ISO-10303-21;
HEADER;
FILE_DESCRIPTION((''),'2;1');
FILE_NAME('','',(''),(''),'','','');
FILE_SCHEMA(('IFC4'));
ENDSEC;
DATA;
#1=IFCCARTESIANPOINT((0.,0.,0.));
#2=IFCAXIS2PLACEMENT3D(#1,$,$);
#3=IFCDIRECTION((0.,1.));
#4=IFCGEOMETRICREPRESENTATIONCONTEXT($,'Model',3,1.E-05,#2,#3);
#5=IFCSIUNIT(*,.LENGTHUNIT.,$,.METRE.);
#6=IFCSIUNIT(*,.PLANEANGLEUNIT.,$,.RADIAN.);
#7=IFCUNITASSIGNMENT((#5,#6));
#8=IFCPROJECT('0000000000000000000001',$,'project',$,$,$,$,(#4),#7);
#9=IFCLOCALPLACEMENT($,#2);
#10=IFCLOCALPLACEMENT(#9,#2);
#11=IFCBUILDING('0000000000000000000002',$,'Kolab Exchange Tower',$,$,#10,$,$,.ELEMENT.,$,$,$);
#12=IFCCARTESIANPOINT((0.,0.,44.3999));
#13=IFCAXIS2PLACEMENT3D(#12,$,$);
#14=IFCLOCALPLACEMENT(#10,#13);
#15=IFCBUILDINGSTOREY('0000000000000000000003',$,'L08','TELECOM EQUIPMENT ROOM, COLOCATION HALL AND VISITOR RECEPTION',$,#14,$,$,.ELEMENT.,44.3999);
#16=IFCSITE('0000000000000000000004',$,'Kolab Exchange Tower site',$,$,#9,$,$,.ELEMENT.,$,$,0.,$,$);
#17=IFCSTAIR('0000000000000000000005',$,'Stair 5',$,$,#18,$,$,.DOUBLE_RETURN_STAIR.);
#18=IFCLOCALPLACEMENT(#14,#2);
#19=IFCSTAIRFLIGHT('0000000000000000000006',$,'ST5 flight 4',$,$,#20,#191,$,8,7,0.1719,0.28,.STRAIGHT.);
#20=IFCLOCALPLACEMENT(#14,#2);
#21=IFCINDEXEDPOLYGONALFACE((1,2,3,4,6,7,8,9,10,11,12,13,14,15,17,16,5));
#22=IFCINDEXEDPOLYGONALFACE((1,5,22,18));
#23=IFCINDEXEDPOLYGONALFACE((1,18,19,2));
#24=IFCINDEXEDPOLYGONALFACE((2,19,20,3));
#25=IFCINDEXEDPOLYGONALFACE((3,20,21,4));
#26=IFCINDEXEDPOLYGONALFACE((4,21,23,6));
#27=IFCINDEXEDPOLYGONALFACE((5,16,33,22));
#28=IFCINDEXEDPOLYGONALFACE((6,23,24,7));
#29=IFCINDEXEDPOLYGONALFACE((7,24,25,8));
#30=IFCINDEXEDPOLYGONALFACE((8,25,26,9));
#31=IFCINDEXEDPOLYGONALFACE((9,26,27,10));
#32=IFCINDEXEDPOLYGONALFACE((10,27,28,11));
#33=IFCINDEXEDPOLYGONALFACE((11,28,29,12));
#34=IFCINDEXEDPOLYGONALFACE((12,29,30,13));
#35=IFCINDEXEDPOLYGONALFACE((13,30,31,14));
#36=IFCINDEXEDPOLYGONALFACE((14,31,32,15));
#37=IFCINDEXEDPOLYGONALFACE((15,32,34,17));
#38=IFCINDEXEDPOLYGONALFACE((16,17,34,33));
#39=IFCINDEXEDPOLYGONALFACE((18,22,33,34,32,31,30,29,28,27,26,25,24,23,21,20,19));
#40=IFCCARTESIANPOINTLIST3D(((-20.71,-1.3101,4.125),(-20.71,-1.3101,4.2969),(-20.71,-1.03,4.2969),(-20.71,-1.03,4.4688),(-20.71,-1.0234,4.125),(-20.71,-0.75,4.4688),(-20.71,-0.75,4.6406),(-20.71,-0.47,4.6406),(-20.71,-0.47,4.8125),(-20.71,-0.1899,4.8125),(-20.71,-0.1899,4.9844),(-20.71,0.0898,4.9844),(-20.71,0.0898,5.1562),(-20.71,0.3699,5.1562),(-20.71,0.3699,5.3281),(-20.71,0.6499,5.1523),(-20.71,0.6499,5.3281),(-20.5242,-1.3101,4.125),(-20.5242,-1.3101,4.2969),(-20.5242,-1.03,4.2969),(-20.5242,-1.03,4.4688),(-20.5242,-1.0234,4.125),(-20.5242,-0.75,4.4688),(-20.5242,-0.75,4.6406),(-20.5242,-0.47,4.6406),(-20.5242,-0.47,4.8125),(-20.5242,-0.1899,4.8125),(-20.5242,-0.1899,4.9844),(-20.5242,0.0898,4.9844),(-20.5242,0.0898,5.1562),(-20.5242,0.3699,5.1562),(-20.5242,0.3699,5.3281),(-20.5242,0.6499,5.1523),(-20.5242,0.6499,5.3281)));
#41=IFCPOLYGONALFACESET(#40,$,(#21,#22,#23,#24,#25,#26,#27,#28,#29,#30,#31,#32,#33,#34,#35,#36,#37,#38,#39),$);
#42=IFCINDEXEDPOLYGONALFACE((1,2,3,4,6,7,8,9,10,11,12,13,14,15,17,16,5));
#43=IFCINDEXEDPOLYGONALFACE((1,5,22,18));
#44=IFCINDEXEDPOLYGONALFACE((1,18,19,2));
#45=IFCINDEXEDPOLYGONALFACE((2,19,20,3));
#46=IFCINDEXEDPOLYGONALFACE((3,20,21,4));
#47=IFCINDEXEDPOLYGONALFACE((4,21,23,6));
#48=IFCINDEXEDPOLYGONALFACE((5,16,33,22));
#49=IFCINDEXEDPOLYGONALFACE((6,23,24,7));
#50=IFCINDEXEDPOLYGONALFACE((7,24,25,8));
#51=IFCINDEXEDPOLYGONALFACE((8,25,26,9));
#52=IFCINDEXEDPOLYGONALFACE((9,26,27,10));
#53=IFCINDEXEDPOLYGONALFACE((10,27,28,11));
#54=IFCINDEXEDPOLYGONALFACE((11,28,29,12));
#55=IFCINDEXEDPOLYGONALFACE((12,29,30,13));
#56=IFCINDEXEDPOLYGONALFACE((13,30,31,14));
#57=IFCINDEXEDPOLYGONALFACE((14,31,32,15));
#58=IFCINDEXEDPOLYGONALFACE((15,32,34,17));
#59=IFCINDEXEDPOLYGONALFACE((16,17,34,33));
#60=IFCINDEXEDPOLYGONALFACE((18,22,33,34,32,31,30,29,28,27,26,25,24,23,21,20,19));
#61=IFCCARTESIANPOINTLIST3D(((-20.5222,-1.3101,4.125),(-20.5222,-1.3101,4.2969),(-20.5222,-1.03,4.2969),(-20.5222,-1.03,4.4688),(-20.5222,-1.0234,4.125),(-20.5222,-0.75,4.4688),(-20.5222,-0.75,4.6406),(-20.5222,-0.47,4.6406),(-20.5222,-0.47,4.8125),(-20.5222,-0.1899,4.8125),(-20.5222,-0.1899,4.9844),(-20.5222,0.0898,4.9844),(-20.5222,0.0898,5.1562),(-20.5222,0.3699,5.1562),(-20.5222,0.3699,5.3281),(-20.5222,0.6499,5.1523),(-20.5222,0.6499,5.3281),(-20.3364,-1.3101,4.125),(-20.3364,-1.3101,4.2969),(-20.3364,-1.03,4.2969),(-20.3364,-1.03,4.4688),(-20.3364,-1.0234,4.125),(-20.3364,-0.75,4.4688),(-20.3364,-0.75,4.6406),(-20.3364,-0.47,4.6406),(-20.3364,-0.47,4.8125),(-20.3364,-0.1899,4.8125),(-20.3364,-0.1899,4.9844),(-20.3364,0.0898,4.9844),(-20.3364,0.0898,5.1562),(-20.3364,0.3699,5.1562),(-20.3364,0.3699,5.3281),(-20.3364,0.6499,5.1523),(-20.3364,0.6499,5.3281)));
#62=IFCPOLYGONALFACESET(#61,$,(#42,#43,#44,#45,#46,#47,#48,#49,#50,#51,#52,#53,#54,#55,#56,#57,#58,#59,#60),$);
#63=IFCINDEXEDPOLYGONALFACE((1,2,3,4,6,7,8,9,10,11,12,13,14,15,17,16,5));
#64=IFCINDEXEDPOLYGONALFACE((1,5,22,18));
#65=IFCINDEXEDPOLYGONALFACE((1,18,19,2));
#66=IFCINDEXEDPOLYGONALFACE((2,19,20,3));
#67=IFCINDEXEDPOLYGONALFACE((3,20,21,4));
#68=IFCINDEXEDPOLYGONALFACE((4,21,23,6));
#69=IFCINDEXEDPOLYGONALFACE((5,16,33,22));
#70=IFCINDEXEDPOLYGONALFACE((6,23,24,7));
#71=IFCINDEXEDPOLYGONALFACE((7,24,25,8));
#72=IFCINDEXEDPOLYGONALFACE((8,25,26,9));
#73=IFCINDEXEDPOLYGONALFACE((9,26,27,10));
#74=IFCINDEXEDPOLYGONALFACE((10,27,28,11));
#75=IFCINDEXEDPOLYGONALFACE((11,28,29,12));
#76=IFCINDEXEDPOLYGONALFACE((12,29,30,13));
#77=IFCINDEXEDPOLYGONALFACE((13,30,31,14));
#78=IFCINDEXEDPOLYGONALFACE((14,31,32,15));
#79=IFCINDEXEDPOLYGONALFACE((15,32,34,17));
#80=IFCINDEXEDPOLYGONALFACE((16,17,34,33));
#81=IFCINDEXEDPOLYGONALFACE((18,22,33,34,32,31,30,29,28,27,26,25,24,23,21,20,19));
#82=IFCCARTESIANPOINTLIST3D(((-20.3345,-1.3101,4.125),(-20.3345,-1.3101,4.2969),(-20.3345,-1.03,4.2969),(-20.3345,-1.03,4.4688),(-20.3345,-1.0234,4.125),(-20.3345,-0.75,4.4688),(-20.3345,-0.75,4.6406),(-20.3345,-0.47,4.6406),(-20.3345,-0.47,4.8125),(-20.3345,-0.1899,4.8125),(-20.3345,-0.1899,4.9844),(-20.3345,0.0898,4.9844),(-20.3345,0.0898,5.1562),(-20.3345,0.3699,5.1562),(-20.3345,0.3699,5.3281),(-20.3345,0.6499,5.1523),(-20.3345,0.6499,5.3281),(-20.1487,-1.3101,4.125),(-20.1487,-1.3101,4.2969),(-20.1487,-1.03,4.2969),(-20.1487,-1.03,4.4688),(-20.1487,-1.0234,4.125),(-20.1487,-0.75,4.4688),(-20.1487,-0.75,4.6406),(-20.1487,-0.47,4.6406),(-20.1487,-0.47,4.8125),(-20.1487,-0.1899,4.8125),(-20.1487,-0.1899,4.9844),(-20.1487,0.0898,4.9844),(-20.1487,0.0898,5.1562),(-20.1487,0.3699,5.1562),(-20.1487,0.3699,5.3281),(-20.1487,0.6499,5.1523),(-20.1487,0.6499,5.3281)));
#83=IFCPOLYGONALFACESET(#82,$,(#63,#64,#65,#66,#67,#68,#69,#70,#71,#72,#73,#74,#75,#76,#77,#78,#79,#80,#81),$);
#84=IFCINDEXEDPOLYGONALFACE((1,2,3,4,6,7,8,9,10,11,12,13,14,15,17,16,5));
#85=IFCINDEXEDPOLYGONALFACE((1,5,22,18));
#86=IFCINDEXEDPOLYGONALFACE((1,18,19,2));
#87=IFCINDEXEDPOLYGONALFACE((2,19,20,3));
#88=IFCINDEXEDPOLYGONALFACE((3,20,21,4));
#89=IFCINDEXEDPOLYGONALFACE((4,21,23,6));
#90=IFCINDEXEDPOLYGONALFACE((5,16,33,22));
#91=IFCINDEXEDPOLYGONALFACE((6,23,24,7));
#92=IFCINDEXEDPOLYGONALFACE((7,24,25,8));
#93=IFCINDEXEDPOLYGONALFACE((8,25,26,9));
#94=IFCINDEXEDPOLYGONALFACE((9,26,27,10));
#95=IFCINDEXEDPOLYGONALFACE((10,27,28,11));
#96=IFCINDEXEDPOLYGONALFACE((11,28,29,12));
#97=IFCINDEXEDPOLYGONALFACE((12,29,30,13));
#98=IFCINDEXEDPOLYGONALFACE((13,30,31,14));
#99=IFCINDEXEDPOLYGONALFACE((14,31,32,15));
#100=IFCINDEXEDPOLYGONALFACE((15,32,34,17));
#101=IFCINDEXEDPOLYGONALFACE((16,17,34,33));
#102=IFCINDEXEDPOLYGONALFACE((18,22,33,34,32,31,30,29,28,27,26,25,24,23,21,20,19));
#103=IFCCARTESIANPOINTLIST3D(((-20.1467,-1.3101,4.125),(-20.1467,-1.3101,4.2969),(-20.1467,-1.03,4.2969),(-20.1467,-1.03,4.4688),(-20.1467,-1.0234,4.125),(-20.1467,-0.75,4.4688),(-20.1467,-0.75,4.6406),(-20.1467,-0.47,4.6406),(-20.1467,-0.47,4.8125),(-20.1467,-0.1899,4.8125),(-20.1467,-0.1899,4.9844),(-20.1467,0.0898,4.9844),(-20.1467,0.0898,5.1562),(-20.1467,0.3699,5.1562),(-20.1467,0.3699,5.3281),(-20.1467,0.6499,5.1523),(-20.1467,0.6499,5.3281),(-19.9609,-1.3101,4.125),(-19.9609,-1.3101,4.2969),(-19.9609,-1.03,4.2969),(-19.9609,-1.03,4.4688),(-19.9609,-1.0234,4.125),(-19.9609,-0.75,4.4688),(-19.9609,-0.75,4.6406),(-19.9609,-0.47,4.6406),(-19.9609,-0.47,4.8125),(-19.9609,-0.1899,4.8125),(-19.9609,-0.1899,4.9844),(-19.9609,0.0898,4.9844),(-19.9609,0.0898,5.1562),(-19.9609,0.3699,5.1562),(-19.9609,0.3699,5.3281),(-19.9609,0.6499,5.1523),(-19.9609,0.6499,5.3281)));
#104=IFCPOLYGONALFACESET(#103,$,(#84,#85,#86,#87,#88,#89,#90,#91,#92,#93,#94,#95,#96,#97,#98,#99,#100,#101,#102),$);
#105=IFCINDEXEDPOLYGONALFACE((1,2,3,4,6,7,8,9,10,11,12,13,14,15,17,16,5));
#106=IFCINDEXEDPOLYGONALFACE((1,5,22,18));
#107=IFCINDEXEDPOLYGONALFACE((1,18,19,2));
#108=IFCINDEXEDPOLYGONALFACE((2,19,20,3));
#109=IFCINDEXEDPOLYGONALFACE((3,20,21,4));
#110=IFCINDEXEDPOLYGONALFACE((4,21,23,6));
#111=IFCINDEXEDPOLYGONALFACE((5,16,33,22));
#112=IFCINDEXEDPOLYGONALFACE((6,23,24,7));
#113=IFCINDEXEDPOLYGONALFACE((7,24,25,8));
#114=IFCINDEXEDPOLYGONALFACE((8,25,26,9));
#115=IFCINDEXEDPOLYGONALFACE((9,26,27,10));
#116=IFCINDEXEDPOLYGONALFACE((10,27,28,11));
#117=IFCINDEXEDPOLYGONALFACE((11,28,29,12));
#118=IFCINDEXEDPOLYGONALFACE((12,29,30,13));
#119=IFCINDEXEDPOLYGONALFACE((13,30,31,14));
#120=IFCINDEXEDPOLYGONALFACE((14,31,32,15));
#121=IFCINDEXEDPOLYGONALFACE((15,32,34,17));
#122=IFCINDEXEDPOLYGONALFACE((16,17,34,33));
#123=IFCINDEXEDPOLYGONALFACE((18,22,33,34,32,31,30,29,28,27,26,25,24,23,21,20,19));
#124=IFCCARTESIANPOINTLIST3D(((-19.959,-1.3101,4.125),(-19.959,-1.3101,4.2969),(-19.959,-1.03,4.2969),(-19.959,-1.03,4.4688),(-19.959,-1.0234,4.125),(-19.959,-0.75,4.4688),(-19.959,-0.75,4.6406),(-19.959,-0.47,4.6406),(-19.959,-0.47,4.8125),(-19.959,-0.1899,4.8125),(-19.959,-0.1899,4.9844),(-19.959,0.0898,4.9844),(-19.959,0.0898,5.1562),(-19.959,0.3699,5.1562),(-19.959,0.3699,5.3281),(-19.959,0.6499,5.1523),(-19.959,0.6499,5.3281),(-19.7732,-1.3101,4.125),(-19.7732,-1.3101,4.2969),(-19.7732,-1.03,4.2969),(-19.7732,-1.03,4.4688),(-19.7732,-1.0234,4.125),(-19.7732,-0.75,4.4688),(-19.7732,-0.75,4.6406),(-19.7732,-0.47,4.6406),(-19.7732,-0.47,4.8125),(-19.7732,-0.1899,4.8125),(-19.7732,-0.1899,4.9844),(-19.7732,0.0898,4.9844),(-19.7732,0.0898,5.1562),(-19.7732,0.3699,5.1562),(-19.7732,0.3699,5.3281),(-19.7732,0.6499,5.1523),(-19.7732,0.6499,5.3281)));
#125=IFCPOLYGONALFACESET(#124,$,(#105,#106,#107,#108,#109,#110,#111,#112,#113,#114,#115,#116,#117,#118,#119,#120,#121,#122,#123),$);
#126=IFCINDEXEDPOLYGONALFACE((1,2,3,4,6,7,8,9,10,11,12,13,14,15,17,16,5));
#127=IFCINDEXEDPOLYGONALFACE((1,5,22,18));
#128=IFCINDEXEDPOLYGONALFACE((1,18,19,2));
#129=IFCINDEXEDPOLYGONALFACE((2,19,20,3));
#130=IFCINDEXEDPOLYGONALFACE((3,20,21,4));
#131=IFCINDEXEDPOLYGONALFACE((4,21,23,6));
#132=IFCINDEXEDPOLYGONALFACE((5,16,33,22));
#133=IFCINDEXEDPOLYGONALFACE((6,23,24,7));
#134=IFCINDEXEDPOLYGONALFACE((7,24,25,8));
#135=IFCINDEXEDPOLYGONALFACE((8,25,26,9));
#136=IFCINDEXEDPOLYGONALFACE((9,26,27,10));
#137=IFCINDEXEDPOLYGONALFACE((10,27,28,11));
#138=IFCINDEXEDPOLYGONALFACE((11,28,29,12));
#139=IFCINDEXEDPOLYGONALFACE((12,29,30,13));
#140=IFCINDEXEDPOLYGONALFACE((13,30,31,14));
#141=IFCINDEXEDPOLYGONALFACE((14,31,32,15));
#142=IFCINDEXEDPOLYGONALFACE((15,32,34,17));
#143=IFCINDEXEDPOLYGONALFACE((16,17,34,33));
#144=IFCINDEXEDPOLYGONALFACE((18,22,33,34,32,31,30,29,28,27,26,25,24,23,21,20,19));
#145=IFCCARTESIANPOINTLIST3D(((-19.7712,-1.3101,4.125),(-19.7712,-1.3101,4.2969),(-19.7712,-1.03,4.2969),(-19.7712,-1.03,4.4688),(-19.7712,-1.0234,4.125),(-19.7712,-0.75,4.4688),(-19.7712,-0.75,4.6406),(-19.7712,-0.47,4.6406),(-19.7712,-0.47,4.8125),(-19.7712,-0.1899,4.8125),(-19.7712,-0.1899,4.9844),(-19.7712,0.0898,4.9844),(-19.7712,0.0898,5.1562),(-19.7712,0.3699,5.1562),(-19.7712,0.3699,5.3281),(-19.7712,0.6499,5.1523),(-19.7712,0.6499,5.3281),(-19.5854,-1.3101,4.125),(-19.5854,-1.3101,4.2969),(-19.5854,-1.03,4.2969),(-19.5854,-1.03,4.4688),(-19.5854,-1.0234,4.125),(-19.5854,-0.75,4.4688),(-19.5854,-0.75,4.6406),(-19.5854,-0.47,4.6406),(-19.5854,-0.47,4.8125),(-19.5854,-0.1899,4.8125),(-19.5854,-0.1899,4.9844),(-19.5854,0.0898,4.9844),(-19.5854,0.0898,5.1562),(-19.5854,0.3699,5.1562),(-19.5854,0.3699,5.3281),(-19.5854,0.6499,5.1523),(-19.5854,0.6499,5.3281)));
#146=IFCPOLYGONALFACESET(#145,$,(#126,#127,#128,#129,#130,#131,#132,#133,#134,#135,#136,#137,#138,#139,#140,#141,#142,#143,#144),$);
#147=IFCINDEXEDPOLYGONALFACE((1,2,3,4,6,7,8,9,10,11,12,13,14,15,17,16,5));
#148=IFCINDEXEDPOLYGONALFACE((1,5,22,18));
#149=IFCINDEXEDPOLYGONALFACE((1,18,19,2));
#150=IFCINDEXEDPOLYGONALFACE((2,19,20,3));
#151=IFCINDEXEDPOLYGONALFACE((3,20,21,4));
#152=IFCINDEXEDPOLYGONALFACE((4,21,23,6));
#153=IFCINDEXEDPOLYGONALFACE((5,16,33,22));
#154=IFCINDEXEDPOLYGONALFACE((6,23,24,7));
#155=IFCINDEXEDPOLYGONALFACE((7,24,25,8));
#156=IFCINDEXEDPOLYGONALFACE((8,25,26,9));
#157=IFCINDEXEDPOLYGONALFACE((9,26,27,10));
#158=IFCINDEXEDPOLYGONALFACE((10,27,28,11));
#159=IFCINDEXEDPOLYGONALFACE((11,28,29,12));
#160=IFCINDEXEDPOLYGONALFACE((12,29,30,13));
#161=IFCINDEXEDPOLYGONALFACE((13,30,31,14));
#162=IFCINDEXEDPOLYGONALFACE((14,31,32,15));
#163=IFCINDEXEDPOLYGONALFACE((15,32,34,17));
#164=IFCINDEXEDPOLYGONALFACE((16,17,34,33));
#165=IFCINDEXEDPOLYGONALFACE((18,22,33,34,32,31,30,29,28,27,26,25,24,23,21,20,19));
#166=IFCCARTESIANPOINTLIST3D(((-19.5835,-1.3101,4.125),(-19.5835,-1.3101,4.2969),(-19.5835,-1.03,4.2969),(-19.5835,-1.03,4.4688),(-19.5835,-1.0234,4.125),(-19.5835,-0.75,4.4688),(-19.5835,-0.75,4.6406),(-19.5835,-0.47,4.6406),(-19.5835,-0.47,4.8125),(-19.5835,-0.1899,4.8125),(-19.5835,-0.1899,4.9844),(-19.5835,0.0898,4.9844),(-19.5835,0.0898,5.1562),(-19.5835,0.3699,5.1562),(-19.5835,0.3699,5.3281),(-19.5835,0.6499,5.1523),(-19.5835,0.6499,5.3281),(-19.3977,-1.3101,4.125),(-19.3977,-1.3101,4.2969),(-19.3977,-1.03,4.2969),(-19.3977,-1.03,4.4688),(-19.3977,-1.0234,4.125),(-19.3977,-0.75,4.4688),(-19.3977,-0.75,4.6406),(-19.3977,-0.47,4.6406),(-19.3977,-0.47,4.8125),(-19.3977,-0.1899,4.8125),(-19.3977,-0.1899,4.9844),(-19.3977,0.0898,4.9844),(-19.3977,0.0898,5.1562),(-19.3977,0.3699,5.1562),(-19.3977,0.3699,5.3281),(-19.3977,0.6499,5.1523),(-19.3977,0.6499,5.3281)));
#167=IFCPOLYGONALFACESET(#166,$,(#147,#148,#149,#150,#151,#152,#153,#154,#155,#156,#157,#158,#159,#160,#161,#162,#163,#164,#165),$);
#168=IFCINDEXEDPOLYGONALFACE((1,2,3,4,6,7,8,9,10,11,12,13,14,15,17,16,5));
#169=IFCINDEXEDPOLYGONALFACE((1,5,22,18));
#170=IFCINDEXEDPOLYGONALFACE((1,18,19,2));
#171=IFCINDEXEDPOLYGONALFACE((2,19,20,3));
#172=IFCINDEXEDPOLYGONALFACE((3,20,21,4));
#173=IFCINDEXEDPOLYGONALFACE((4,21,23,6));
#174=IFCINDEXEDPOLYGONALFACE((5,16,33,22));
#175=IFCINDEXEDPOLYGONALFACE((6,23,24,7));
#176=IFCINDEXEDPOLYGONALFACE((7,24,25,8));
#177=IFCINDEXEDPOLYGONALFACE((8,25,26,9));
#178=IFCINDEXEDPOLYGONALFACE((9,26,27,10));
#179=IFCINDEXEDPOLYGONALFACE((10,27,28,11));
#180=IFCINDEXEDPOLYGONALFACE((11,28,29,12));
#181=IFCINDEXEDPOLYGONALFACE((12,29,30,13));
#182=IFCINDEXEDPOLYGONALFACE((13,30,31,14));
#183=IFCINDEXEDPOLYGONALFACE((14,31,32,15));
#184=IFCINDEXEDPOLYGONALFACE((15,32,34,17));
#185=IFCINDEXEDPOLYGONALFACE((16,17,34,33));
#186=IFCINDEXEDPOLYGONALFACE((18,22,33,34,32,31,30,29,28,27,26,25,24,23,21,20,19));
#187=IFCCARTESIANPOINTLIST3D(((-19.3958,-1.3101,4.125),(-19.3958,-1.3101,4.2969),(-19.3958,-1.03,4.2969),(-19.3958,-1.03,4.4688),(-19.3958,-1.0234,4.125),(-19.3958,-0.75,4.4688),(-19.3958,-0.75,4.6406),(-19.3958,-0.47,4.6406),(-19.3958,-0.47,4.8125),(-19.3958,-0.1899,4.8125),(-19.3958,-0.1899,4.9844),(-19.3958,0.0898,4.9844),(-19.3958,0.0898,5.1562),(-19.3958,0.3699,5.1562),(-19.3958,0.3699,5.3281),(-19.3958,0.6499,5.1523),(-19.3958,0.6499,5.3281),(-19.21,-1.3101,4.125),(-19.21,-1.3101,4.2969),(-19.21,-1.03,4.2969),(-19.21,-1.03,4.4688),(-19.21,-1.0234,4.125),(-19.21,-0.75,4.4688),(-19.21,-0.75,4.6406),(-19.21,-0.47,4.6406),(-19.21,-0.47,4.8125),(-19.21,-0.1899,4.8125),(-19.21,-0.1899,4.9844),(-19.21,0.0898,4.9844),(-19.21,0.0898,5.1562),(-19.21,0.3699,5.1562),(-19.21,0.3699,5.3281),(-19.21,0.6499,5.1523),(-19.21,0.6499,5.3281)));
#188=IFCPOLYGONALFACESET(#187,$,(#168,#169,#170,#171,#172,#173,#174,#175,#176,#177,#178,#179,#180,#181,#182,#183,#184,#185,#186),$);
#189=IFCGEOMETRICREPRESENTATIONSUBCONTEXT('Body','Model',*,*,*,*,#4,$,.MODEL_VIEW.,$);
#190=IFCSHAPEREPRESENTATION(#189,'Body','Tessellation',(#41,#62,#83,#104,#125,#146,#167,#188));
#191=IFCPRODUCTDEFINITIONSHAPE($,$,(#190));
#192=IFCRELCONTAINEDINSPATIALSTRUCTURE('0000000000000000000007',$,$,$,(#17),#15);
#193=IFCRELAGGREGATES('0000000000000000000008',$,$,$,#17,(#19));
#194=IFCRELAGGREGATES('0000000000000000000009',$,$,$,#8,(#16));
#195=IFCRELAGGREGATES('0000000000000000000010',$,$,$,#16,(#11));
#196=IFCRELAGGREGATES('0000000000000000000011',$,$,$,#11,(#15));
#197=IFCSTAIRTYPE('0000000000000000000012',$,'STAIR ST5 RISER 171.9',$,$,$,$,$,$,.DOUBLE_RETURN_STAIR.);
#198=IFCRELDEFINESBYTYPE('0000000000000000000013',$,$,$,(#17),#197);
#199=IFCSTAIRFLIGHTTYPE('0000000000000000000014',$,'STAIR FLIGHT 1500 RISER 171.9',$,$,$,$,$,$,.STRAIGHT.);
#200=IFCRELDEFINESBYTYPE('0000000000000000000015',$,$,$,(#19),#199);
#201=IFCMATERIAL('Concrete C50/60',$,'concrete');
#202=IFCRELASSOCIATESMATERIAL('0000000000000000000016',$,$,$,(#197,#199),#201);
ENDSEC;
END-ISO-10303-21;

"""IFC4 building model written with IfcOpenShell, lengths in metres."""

from ifc_helpers import new_model, si_unit, direction, frame, origin, place, context, subcontext, project, spatial, polyline, outline, extrude, material, type_object, element, aggregate, save


model = new_model("IFC4")

# Units and contexts
model_context = context("Model", 3, precision=1e-05, world=origin(), true_north=direction((0.0, 1.0)))
body_context = subcontext(model_context, "Body", "Model", "MODEL_VIEW")
ifc_project = project(units=[si_unit("LENGTHUNIT", "METRE"), si_unit("PLANEANGLEUNIT", "RADIAN")], contexts=[model_context])

# Site, building, storey
site_placement = place(None, origin())
site = spatial("IfcSite", under=ifc_project, at=site_placement, Name="Kolab Exchange Tower site", CompositionType="ELEMENT", RefElevation=0.0)
building_placement = place(site_placement, origin())
building = spatial("IfcBuilding", under=site, at=building_placement, Name="Kolab Exchange Tower", CompositionType="ELEMENT")
storey_placement = place(building_placement, frame((0.0, 0.0, 44.3999)))
storey = spatial("IfcBuildingStorey", under=building, at=storey_placement, Name="L08", Description="TELECOM EQUIPMENT ROOM, COLOCATION HALL AND VISITOR RECEPTION", CompositionType="ELEMENT", Elevation=44.3999)

# Shared definitions
ifc_material_1 = material(Name="Concrete C50/60", Category="concrete")

# Stair, stair flight
stair_type = type_object("IfcStairType", Name="STAIR ST5 RISER 171.9", PredefinedType="DOUBLE_RETURN_STAIR", material=ifc_material_1)
stair_placement = place(storey_placement, origin())
stair = element("IfcStair", 1, at=stair_placement, inside=storey, type_object=stair_type, Name="Stair 5", PredefinedType="DOUBLE_RETURN_STAIR")
stair_flight_type = type_object("IfcStairFlightType", Name="STAIR FLIGHT 1500 RISER 171.9", PredefinedType="STRAIGHT", material=ifc_material_1)
stair_flight_1_placement = place(storey_placement, frame((-19.96, -1.3101, 4.125), z_axis=(0.0, 0.0, 1.0), x_axis=(0.0, 1.0, 0.0)))
stair_flight_1 = element("IfcStairFlight", 2, at=stair_flight_1_placement, type_object=stair_flight_type, Name="ST5 flight 4", NumberOfRisers=8, NumberOfTreads=7, PredefinedType="STRAIGHT", RiserHeight=0.1719, TreadLength=0.28, context=body_context, shape_type="SweptSolid", body=[
    extrude(outline(polyline([(0.0, 0.0), (0.0, 0.1719), (0.28, 0.1719), (0.28, 0.3438), (0.5601, 0.3438), (0.5601, 0.5156), (0.8401, 0.5156), (0.8401, 0.6875), (1.1201, 0.6875), (1.1201, 0.8594), (1.3999, 0.8594), (1.3999, 1.0312), (1.6799, 1.0312), (1.6799, 1.2031), (1.96, 1.2031), (1.96, 1.375), (1.96, 1.0273), (0.2866, 0.0), (0.0, 0.0)])), frame((0.0, 0.75, 0.0), z_axis=(0.0, -1.0, 0.0), x_axis=(1.0, 0.0, 0.0)), (0.0, 0.0, 1.0), 0.1858),
    extrude(outline(polyline([(0.0, 0.0), (0.0, 0.1719), (0.28, 0.1719), (0.28, 0.3438), (0.5601, 0.3438), (0.5601, 0.5156), (0.8401, 0.5156), (0.8401, 0.6875), (1.1201, 0.6875), (1.1201, 0.8594), (1.3999, 0.8594), (1.3999, 1.0312), (1.6799, 1.0312), (1.6799, 1.2031), (1.96, 1.2031), (1.96, 1.375), (1.96, 1.0273), (0.2866, 0.0), (0.0, 0.0)])), frame((0.0, 0.5623, 0.0), z_axis=(0.0, -1.0, 0.0), x_axis=(1.0, 0.0, 0.0)), (0.0, 0.0, 1.0), 0.1858),
    extrude(outline(polyline([(0.0, 0.0), (0.0, 0.1719), (0.28, 0.1719), (0.28, 0.3438), (0.5601, 0.3438), (0.5601, 0.5156), (0.8401, 0.5156), (0.8401, 0.6875), (1.1201, 0.6875), (1.1201, 0.8594), (1.3999, 0.8594), (1.3999, 1.0312), (1.6799, 1.0312), (1.6799, 1.2031), (1.96, 1.2031), (1.96, 1.375), (1.96, 1.0273), (0.2866, 0.0), (0.0, 0.0)])), frame((0.0, 0.3745, 0.0), z_axis=(0.0, -1.0, 0.0), x_axis=(1.0, 0.0, 0.0)), (0.0, 0.0, 1.0), 0.1858),
    extrude(outline(polyline([(0.0, 0.0), (0.0, 0.1719), (0.28, 0.1719), (0.28, 0.3438), (0.5601, 0.3438), (0.5601, 0.5156), (0.8401, 0.5156), (0.8401, 0.6875), (1.1201, 0.6875), (1.1201, 0.8594), (1.3999, 0.8594), (1.3999, 1.0312), (1.6799, 1.0312), (1.6799, 1.2031), (1.96, 1.2031), (1.96, 1.375), (1.96, 1.0273), (0.2866, 0.0), (0.0, 0.0)])), frame((0.0, 0.1868, 0.0), z_axis=(0.0, -1.0, 0.0), x_axis=(1.0, 0.0, 0.0)), (0.0, 0.0, 1.0), 0.1858),
    extrude(outline(polyline([(0.0, 0.0), (0.0, 0.1719), (0.28, 0.1719), (0.28, 0.3438), (0.5601, 0.3438), (0.5601, 0.5156), (0.8401, 0.5156), (0.8401, 0.6875), (1.1201, 0.6875), (1.1201, 0.8594), (1.3999, 0.8594), (1.3999, 1.0312), (1.6799, 1.0312), (1.6799, 1.2031), (1.96, 1.2031), (1.96, 1.375), (1.96, 1.0273), (0.2866, 0.0), (0.0, 0.0)])), frame((0.0, -0.001, 0.0), z_axis=(0.0, -1.0, 0.0), x_axis=(1.0, 0.0, 0.0)), (0.0, 0.0, 1.0), 0.1858),
    extrude(outline(polyline([(0.0, 0.0), (0.0, 0.1719), (0.28, 0.1719), (0.28, 0.3438), (0.5601, 0.3438), (0.5601, 0.5156), (0.8401, 0.5156), (0.8401, 0.6875), (1.1201, 0.6875), (1.1201, 0.8594), (1.3999, 0.8594), (1.3999, 1.0312), (1.6799, 1.0312), (1.6799, 1.2031), (1.96, 1.2031), (1.96, 1.375), (1.96, 1.0273), (0.2866, 0.0), (0.0, 0.0)])), frame((0.0, -0.1887, 0.0), z_axis=(0.0, -1.0, 0.0), x_axis=(1.0, 0.0, 0.0)), (0.0, 0.0, 1.0), 0.1858),
    extrude(outline(polyline([(0.0, 0.0), (0.0, 0.1719), (0.28, 0.1719), (0.28, 0.3438), (0.5601, 0.3438), (0.5601, 0.5156), (0.8401, 0.5156), (0.8401, 0.6875), (1.1201, 0.6875), (1.1201, 0.8594), (1.3999, 0.8594), (1.3999, 1.0312), (1.6799, 1.0312), (1.6799, 1.2031), (1.96, 1.2031), (1.96, 1.375), (1.96, 1.0273), (0.2866, 0.0), (0.0, 0.0)])), frame((0.0, -0.3765, 0.0), z_axis=(0.0, -1.0, 0.0), x_axis=(1.0, 0.0, 0.0)), (0.0, 0.0, 1.0), 0.1858),
    extrude(outline(polyline([(0.0, 0.0), (0.0, 0.1719), (0.28, 0.1719), (0.28, 0.3438), (0.5601, 0.3438), (0.5601, 0.5156), (0.8401, 0.5156), (0.8401, 0.6875), (1.1201, 0.6875), (1.1201, 0.8594), (1.3999, 0.8594), (1.3999, 1.0312), (1.6799, 1.0312), (1.6799, 1.2031), (1.96, 1.2031), (1.96, 1.375), (1.96, 1.0273), (0.2866, 0.0), (0.0, 0.0)])), frame((0.0, -0.5642, 0.0), z_axis=(0.0, -1.0, 0.0), x_axis=(1.0, 0.0, 0.0)), (0.0, 0.0, 1.0), 0.1858),
])
aggregate(stair, [stair_flight_1])

save(model, "model.ifc")
